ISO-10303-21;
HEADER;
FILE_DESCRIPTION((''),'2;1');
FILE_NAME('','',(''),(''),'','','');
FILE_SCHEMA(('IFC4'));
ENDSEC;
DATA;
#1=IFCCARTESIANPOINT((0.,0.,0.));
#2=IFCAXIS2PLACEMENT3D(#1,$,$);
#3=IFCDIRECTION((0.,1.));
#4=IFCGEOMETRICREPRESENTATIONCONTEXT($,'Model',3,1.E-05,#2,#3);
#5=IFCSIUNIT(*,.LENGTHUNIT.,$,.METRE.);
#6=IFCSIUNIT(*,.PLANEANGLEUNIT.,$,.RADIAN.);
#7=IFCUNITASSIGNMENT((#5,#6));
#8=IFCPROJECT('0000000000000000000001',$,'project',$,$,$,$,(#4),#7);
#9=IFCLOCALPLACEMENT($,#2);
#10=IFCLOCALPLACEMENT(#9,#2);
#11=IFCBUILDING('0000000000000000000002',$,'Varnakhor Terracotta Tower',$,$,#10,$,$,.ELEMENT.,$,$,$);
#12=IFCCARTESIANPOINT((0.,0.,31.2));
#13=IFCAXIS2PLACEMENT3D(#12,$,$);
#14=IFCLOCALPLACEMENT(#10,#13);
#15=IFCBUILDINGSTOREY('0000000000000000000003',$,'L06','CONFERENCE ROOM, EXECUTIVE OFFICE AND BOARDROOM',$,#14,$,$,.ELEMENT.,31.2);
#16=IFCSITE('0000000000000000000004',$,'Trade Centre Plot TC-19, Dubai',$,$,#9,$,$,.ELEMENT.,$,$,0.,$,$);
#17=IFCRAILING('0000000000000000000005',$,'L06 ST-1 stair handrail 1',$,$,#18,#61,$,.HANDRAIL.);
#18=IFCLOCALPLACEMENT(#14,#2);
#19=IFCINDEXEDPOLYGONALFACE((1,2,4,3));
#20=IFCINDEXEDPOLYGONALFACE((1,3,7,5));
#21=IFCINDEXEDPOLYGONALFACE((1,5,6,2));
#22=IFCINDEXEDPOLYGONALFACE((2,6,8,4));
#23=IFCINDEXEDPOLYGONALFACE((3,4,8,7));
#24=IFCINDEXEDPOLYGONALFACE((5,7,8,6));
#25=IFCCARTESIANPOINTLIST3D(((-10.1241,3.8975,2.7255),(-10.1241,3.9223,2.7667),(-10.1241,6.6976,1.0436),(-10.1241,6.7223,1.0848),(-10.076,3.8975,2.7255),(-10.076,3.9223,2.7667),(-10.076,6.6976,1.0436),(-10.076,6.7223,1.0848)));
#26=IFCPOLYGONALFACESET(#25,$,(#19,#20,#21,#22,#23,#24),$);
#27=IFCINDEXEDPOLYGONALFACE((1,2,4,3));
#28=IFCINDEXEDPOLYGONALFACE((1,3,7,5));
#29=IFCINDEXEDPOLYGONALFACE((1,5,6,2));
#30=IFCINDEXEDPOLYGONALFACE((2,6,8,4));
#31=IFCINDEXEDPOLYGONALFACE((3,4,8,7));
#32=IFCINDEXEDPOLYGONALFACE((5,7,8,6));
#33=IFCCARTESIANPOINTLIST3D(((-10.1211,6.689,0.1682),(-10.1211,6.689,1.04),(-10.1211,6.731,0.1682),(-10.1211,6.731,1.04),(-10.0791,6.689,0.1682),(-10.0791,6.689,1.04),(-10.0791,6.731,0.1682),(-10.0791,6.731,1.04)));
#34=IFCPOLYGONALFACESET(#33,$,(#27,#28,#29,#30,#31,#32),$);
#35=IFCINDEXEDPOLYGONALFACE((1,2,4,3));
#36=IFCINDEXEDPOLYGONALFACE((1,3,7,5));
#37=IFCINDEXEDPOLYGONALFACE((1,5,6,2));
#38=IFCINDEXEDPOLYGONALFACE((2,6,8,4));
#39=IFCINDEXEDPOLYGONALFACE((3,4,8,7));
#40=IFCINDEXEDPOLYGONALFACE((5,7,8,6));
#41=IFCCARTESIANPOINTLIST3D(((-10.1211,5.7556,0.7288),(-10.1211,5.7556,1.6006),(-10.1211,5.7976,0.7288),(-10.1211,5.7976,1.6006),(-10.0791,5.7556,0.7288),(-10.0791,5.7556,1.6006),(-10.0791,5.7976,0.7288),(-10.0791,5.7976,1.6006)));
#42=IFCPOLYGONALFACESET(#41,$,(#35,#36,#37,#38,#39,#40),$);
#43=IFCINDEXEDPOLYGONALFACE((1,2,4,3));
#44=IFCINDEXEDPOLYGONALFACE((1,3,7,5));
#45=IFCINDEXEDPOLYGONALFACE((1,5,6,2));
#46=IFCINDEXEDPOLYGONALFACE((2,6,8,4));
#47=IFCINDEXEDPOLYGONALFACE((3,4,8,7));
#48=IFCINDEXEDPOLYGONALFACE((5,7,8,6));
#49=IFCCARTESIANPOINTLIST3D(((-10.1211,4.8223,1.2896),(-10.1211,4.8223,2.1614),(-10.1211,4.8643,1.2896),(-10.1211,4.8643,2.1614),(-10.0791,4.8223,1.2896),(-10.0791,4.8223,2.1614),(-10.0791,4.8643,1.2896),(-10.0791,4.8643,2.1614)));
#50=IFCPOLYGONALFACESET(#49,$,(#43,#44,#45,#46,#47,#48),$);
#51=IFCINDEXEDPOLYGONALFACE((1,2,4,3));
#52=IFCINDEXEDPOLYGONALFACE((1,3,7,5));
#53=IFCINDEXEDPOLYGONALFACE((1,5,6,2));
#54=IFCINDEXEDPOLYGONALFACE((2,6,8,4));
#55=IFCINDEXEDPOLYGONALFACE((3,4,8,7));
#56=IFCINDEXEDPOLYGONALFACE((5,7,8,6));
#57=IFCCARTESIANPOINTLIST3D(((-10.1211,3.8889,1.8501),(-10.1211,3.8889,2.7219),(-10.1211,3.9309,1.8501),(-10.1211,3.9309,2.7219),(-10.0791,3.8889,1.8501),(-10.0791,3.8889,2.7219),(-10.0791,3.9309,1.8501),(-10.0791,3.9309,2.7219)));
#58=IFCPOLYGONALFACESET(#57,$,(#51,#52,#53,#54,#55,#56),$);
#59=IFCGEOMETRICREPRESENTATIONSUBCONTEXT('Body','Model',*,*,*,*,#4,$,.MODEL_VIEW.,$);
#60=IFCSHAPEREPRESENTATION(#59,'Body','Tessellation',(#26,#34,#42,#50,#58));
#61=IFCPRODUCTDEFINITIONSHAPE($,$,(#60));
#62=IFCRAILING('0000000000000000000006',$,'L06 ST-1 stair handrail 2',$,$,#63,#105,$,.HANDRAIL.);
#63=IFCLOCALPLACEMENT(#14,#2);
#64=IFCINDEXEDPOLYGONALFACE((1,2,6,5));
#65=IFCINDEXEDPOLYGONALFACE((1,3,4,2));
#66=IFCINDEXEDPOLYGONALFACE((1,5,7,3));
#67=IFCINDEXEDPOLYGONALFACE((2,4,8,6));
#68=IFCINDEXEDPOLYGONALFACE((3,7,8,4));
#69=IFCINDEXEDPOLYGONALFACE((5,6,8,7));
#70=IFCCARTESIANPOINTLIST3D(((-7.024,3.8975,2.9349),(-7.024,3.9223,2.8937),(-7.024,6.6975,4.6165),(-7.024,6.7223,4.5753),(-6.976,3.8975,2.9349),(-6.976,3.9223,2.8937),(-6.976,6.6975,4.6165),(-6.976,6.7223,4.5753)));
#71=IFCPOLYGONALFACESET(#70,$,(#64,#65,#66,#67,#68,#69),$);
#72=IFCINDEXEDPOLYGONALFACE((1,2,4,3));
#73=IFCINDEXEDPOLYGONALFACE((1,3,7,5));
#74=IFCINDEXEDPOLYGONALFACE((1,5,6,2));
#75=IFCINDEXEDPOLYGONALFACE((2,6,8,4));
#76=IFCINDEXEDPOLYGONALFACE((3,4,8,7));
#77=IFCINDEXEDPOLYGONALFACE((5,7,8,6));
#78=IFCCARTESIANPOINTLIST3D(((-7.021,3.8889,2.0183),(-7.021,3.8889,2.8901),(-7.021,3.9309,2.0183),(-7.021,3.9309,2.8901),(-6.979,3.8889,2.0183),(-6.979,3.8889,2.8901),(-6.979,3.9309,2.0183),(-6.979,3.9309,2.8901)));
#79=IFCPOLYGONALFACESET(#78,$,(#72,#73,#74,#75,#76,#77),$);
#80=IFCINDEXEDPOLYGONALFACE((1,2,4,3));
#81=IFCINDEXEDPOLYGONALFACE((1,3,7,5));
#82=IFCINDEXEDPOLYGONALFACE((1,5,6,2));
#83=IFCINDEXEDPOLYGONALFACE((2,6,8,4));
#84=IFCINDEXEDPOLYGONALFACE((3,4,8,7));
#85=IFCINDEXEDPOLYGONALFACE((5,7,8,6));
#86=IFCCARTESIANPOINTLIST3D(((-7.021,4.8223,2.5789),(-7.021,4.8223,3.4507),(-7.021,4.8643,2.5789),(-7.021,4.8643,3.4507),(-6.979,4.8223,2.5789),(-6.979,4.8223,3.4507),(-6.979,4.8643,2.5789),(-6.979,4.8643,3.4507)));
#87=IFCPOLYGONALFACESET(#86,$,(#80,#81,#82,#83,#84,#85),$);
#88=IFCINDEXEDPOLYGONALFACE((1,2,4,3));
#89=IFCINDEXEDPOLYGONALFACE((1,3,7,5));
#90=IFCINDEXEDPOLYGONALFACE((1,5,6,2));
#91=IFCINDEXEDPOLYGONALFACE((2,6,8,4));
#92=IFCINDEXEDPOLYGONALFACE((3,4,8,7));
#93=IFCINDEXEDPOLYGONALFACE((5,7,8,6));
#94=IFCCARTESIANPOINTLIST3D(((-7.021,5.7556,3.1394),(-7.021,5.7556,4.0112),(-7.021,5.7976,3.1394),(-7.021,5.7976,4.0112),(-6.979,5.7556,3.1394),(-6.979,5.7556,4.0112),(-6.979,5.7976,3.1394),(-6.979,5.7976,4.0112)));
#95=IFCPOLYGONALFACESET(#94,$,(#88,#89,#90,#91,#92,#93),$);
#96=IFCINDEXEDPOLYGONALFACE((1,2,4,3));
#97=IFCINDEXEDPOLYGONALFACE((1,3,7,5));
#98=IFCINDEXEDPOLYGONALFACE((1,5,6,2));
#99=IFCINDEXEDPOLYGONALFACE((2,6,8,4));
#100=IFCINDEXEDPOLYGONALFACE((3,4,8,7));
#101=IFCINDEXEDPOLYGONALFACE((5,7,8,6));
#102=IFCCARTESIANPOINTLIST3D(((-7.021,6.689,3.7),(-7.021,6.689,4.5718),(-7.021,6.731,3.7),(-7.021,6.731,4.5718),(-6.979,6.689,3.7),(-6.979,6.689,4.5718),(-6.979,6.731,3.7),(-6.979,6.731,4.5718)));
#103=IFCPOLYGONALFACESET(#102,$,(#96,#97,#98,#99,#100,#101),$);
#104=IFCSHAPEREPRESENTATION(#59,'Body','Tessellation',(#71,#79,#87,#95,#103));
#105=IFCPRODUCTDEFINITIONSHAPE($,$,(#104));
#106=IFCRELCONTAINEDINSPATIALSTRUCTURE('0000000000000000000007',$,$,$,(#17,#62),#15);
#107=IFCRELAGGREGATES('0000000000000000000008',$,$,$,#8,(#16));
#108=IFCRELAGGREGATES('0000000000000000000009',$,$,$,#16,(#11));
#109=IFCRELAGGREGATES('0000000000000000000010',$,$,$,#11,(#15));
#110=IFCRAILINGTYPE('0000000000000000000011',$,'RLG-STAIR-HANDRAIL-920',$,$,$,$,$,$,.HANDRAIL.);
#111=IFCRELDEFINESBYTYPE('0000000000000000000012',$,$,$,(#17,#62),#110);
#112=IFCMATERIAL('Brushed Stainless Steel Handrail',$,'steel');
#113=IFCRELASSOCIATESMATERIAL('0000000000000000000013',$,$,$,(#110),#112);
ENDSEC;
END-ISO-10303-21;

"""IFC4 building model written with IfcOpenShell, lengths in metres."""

from ifc_helpers import new_model, si_unit, direction, frame, origin, origin_2d, place, context, subcontext, project, spatial, rectangle, extrude, material, type_object, element, save


model = new_model("IFC4")

# Units and contexts
model_context = context("Model", 3, precision=1e-05, world=origin(), true_north=direction((0.0, 1.0)))
body_context = subcontext(model_context, "Body", "Model", "MODEL_VIEW")
ifc_project = project(units=[si_unit("LENGTHUNIT", "METRE"), si_unit("PLANEANGLEUNIT", "RADIAN")], contexts=[model_context])

# Site, building, storey
site_placement = place(None, origin())
site = spatial("IfcSite", under=ifc_project, at=site_placement, Name="Trade Centre Plot TC-19, Dubai", CompositionType="ELEMENT", RefElevation=0.0)
building_placement = place(site_placement, origin())
building = spatial("IfcBuilding", under=site, at=building_placement, Name="Varnakhor Terracotta Tower", CompositionType="ELEMENT")
storey_placement = place(building_placement, frame((0.0, 0.0, 31.2)))
storey = spatial("IfcBuildingStorey", under=building, at=storey_placement, Name="L06", Description="CONFERENCE ROOM, EXECUTIVE OFFICE AND BOARDROOM", CompositionType="ELEMENT", Elevation=31.2)

# Railings
ifc_material_1 = material(Name="Brushed Stainless Steel Handrail", Category="steel")
railing_type_1 = type_object("IfcRailingType", Name="RLG-STAIR-HANDRAIL-920", PredefinedType="HANDRAIL", material=ifc_material_1)
railing_1_placement = place(storey_placement, frame((-10.1001, 6.71, 0.1682)))
element("IfcRailing", 1, at=railing_1_placement, inside=storey, type_object=railing_type_1, Name="L06 ST-1 stair handrail 1", PredefinedType="HANDRAIL", context=body_context, shape_type="SweptSolid", body=[
    extrude(rectangle(XDim=0.0481, YDim=0.0481, at=origin_2d()), frame((0.0, 0.0, 0.896), z_axis=(0.0, -0.857242, 0.514913), x_axis=(1.0, 0.0, 0.0)), (0.0, 0.0, 1.0), 3.2664),
    extrude(rectangle(XDim=0.042, YDim=0.042, at=origin_2d()), origin(), (0.0, 0.0, 1.0), 0.8718),
    extrude(rectangle(XDim=0.042, YDim=0.042, at=origin_2d()), frame((0.0, -0.9333, 0.5605)), (0.0, 0.0, 1.0), 0.8718),
    extrude(rectangle(XDim=0.042, YDim=0.042, at=origin_2d()), frame((0.0, -1.8667, 1.1213)), (0.0, 0.0, 1.0), 0.8718),
    extrude(rectangle(XDim=0.042, YDim=0.042, at=origin_2d()), frame((0.0, -2.8, 1.6819)), (0.0, 0.0, 1.0), 0.8718),
])
railing_2_placement = place(storey_placement, frame((-7.0, 3.9099, 2.0183)))
element("IfcRailing", 2, at=railing_2_placement, inside=storey, type_object=railing_type_1, Name="L06 ST-1 stair handrail 2", PredefinedType="HANDRAIL", context=body_context, shape_type="SweptSolid", body=[
    extrude(rectangle(XDim=0.0481, YDim=0.0481, at=origin_2d()), frame((0.0, 0.0, 0.896), z_axis=(0.0, 0.857275, 0.514858), x_axis=(-1.0, 0.0, 0.0)), (0.0, 0.0, 1.0), 3.2661),
    extrude(rectangle(XDim=0.042, YDim=0.042, at=origin_2d()), origin(), (0.0, 0.0, 1.0), 0.8718),
    extrude(rectangle(XDim=0.042, YDim=0.042, at=origin_2d()), frame((0.0, 0.9333, 0.5605)), (0.0, 0.0, 1.0), 0.8718),
    extrude(rectangle(XDim=0.042, YDim=0.042, at=origin_2d()), frame((0.0, 1.8667, 1.1211)), (0.0, 0.0, 1.0), 0.8718),
    extrude(rectangle(XDim=0.042, YDim=0.042, at=origin_2d()), frame((0.0, 2.8, 1.6816)), (0.0, 0.0, 1.0), 0.8718),
])

save(model, "model.ifc")
